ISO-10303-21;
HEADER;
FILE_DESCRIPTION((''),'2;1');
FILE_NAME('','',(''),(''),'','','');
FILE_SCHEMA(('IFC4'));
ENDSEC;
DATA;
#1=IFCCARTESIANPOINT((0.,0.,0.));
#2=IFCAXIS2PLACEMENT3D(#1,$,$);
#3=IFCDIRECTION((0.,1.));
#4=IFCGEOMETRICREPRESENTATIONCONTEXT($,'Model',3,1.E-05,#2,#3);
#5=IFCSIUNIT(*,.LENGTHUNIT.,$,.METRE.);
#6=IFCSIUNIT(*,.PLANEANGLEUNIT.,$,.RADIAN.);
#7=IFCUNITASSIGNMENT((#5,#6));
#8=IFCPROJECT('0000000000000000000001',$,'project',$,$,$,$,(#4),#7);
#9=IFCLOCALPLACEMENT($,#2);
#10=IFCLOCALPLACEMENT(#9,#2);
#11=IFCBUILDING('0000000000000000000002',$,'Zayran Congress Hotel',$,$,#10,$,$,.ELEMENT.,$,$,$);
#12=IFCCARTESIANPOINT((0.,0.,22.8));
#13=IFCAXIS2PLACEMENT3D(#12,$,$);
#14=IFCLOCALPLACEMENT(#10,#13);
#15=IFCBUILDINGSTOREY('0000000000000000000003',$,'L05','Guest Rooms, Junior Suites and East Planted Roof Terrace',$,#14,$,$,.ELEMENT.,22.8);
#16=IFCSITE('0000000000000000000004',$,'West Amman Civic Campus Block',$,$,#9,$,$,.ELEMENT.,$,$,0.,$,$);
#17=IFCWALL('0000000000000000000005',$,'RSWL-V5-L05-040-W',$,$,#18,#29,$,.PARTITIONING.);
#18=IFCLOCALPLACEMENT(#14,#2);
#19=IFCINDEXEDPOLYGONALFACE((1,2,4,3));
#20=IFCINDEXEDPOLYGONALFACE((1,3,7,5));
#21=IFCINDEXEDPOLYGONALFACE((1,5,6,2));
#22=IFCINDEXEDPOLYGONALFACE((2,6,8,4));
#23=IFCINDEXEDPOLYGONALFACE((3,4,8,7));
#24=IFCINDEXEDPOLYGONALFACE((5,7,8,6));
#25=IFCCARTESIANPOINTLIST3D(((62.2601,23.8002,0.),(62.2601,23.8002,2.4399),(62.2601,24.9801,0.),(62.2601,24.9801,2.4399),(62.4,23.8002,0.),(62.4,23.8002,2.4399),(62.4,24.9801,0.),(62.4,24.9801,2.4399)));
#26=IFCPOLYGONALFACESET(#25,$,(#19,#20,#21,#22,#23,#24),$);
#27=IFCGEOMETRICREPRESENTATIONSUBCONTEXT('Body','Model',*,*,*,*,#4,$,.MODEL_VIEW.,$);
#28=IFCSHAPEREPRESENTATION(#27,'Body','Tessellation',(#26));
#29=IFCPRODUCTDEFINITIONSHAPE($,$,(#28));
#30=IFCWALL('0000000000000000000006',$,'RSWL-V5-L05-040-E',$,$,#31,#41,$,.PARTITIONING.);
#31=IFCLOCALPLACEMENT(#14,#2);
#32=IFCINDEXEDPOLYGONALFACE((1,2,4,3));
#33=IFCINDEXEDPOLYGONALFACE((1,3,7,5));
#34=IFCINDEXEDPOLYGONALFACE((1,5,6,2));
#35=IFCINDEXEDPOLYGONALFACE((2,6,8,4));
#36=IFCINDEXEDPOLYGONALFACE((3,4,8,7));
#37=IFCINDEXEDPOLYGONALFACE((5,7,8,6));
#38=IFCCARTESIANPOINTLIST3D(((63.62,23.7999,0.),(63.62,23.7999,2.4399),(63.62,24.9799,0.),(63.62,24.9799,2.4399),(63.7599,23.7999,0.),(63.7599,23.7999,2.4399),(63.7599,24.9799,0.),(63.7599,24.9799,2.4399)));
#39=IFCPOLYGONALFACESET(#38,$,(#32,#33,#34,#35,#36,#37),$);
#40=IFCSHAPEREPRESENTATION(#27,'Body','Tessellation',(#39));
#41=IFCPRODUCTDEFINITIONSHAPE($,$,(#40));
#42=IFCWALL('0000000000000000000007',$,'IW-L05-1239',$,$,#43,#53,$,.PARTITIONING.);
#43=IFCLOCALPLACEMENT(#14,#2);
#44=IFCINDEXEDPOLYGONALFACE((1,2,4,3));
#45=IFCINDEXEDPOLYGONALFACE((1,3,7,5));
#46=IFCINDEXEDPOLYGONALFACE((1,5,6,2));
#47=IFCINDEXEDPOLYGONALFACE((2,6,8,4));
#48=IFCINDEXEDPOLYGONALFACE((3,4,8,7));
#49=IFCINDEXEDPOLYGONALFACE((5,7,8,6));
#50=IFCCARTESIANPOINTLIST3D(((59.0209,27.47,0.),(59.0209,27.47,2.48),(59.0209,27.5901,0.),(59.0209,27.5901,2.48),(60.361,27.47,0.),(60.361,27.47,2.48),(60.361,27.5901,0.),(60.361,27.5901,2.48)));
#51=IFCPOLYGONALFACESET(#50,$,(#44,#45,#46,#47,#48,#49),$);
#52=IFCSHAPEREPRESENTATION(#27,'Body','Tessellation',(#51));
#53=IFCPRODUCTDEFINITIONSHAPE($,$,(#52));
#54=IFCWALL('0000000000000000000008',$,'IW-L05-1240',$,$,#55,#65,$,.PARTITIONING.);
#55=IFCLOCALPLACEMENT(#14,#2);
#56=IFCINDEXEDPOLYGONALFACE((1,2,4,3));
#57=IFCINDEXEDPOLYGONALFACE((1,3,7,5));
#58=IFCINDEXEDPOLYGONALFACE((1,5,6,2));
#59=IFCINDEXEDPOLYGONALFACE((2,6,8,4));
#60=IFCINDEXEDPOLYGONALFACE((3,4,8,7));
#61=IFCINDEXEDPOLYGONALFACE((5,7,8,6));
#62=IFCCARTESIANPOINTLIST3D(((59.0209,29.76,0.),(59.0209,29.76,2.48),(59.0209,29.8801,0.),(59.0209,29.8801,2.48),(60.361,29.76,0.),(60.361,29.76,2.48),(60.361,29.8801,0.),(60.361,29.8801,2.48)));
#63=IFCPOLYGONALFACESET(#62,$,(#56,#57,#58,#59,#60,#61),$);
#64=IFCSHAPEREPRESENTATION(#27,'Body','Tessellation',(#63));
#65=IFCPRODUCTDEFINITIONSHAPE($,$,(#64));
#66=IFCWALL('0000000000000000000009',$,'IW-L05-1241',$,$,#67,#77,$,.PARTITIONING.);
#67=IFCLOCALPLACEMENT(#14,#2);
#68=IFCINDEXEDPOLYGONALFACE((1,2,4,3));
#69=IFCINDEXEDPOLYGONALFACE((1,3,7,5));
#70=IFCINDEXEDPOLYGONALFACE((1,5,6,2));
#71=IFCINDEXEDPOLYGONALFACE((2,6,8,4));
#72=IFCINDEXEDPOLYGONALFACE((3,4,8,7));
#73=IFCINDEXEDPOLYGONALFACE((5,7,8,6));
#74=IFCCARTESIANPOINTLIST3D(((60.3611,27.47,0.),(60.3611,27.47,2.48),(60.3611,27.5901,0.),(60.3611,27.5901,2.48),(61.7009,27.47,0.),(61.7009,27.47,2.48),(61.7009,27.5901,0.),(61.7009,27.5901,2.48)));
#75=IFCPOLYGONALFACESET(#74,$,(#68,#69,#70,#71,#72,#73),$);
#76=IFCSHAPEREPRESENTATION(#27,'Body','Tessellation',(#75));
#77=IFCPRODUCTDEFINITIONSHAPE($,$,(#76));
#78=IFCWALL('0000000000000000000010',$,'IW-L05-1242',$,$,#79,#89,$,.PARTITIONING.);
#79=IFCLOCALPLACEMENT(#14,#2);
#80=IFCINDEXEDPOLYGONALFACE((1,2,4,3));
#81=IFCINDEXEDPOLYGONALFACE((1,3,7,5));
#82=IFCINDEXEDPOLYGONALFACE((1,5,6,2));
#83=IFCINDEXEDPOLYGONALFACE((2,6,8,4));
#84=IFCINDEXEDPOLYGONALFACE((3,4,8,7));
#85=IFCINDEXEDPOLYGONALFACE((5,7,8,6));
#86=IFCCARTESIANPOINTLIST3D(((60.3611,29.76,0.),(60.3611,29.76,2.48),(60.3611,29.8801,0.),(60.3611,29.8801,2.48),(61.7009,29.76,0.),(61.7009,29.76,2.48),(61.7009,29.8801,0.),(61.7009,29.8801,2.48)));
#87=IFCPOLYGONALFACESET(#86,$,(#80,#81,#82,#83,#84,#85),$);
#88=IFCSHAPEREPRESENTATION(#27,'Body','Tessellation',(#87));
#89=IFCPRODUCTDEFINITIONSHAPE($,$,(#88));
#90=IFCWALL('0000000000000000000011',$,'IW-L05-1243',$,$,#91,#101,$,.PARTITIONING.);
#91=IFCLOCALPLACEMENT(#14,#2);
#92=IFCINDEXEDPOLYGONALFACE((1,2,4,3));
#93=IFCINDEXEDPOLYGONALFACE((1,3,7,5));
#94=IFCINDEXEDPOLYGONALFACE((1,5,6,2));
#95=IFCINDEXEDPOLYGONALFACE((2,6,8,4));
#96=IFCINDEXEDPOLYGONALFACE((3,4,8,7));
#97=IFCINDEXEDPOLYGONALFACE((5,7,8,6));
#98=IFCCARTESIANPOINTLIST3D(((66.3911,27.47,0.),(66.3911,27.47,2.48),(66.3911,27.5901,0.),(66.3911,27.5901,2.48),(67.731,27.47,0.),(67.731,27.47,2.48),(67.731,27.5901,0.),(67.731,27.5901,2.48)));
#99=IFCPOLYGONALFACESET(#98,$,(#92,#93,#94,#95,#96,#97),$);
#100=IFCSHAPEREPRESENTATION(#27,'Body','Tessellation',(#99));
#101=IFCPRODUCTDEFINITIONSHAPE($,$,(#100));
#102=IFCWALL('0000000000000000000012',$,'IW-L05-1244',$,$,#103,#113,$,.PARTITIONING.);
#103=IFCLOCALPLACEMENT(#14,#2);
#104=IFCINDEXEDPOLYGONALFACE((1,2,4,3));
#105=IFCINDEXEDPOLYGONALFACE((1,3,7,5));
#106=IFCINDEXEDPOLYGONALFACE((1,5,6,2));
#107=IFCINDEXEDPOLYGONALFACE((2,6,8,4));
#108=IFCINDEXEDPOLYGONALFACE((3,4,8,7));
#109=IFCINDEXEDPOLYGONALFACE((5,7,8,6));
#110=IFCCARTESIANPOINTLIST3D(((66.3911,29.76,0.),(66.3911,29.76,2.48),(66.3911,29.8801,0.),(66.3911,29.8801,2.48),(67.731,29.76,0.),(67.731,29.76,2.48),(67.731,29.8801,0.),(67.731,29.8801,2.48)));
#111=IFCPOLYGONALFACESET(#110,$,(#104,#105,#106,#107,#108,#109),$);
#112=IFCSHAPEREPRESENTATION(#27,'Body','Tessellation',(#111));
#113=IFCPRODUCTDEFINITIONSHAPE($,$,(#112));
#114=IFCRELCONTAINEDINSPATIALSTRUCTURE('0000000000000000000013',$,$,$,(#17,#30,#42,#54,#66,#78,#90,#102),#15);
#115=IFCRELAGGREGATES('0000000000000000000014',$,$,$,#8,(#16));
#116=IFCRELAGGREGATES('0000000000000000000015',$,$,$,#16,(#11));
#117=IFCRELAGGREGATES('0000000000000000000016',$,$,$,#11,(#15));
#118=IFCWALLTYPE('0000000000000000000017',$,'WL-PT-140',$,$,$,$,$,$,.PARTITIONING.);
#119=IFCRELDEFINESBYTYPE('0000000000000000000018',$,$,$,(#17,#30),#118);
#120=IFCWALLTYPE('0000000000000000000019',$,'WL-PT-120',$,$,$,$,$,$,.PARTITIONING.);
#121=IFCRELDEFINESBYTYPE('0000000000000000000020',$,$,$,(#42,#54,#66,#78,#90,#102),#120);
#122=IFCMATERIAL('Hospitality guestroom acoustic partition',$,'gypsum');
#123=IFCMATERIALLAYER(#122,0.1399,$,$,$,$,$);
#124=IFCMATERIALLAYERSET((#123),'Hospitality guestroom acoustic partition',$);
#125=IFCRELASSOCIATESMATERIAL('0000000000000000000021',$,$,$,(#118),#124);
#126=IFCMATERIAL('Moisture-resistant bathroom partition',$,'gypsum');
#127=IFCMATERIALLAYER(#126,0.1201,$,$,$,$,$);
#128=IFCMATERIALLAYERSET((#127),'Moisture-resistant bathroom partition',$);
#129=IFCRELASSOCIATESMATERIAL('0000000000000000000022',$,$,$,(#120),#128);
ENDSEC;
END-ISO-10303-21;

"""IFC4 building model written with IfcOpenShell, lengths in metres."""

from ifc_helpers import new_model, si_unit, direction, frame, frame_2d, origin, place, context, subcontext, project, spatial, rectangle, extrude, material, layer, layer_set, type_object, element, save


model = new_model("IFC4")

# Units and contexts
model_context = context("Model", 3, precision=1e-05, world=origin(), true_north=direction((0.0, 1.0)))
body_context = subcontext(model_context, "Body", "Model", "MODEL_VIEW")
ifc_project = project(units=[si_unit("LENGTHUNIT", "METRE"), si_unit("PLANEANGLEUNIT", "RADIAN")], contexts=[model_context])

# Site, building, storey
site_placement = place(None, origin())
site = spatial("IfcSite", under=ifc_project, at=site_placement, Name="West Amman Civic Campus Block", CompositionType="ELEMENT", RefElevation=0.0)
building_placement = place(site_placement, origin())
building = spatial("IfcBuilding", under=site, at=building_placement, Name="Zayran Congress Hotel", CompositionType="ELEMENT")
storey_placement = place(building_placement, frame((0.0, 0.0, 22.8)))
storey = spatial("IfcBuildingStorey", under=building, at=storey_placement, Name="L05", Description="Guest Rooms, Junior Suites and East Planted Roof Terrace", CompositionType="ELEMENT", Elevation=22.8)

# Shared definitions
ifc_material_1 = material(Name="Hospitality guestroom acoustic partition", Category="gypsum")
ifc_layer_1 = layer(ifc_material_1, 0.1399)
ifc_layer_set_1 = layer_set([ifc_layer_1], Name="Hospitality guestroom acoustic partition")
wall_type_1 = type_object("IfcWallType", Name="WL-PT-140", PredefinedType="PARTITIONING", material=ifc_layer_set_1)

# Walls
for number, where, z_axis, x_axis, name in (
    (1, (62.3301, 24.98, 0.0), (0.0, 0.0, 1.0), (0.0, -1.0, 0.0), "RSWL-V5-L05-040-W"),
    (2, (63.6899, 23.8, 0.0), (0.0, 0.0, 1.0), (0.0, 1.0, 0.0), "RSWL-V5-L05-040-E"),
):
    element("IfcWall", number, at=place(storey_placement, frame(where, z_axis=z_axis, x_axis=x_axis)), inside=storey, type_object=wall_type_1, Name=name, PredefinedType="PARTITIONING", context=body_context, shape_type="SweptSolid", body=[
        extrude(rectangle(XDim=1.1799, YDim=0.1399, at=frame_2d((0.5898, 0.0))), origin(), (0.0, 0.0, 1.0), 2.4399),
    ])

# Shared definitions
ifc_material_2 = material(Name="Moisture-resistant bathroom partition", Category="gypsum")
ifc_layer_2 = layer(ifc_material_2, 0.1201)
ifc_layer_set_2 = layer_set([ifc_layer_2], Name="Moisture-resistant bathroom partition")
wall_type_2 = type_object("IfcWallType", Name="WL-PT-120", PredefinedType="PARTITIONING", material=ifc_layer_set_2)

# Walls
for number, where, z_axis, x_axis, name in (
    (3, (59.021, 27.53, 0.0), (0.0, 0.0, 1.0), (1.0, 0.0, 0.0), "IW-L05-1239"),
    (4, (59.021, 29.8201, 0.0), (0.0, 0.0, 1.0), (1.0, 0.0, 0.0), "IW-L05-1240"),
):
    element("IfcWall", number, at=place(storey_placement, frame(where, z_axis=z_axis, x_axis=x_axis)), inside=storey, type_object=wall_type_2, Name=name, PredefinedType="PARTITIONING", context=body_context, shape_type="SweptSolid", body=[
        extrude(rectangle(XDim=1.3401, YDim=0.1201, at=frame_2d((0.6699, 0.0))), origin(), (0.0, 0.0, 1.0), 2.48),
    ])
for number, where, z_axis, x_axis, name in (
    (5, (60.3611, 27.53, 0.0), (0.0, 0.0, 1.0), (1.0, 0.0, 0.0), "IW-L05-1241"),
    (6, (60.3611, 29.8201, 0.0), (0.0, 0.0, 1.0), (1.0, 0.0, 0.0), "IW-L05-1242"),
    (7, (66.3911, 27.53, 0.0), (0.0, 0.0, 1.0), (1.0, 0.0, 0.0), "IW-L05-1243"),
    (8, (66.3911, 29.8201, 0.0), (0.0, 0.0, 1.0), (1.0, 0.0, 0.0), "IW-L05-1244"),
):
    element("IfcWall", number, at=place(storey_placement, frame(where, z_axis=z_axis, x_axis=x_axis)), inside=storey, type_object=wall_type_2, Name=name, PredefinedType="PARTITIONING", context=body_context, shape_type="SweptSolid", body=[
        extrude(rectangle(XDim=1.3398, YDim=0.1201, at=frame_2d((0.6699, 0.0))), origin(), (0.0, 0.0, 1.0), 2.48),
    ])

save(model, "model.ifc")
